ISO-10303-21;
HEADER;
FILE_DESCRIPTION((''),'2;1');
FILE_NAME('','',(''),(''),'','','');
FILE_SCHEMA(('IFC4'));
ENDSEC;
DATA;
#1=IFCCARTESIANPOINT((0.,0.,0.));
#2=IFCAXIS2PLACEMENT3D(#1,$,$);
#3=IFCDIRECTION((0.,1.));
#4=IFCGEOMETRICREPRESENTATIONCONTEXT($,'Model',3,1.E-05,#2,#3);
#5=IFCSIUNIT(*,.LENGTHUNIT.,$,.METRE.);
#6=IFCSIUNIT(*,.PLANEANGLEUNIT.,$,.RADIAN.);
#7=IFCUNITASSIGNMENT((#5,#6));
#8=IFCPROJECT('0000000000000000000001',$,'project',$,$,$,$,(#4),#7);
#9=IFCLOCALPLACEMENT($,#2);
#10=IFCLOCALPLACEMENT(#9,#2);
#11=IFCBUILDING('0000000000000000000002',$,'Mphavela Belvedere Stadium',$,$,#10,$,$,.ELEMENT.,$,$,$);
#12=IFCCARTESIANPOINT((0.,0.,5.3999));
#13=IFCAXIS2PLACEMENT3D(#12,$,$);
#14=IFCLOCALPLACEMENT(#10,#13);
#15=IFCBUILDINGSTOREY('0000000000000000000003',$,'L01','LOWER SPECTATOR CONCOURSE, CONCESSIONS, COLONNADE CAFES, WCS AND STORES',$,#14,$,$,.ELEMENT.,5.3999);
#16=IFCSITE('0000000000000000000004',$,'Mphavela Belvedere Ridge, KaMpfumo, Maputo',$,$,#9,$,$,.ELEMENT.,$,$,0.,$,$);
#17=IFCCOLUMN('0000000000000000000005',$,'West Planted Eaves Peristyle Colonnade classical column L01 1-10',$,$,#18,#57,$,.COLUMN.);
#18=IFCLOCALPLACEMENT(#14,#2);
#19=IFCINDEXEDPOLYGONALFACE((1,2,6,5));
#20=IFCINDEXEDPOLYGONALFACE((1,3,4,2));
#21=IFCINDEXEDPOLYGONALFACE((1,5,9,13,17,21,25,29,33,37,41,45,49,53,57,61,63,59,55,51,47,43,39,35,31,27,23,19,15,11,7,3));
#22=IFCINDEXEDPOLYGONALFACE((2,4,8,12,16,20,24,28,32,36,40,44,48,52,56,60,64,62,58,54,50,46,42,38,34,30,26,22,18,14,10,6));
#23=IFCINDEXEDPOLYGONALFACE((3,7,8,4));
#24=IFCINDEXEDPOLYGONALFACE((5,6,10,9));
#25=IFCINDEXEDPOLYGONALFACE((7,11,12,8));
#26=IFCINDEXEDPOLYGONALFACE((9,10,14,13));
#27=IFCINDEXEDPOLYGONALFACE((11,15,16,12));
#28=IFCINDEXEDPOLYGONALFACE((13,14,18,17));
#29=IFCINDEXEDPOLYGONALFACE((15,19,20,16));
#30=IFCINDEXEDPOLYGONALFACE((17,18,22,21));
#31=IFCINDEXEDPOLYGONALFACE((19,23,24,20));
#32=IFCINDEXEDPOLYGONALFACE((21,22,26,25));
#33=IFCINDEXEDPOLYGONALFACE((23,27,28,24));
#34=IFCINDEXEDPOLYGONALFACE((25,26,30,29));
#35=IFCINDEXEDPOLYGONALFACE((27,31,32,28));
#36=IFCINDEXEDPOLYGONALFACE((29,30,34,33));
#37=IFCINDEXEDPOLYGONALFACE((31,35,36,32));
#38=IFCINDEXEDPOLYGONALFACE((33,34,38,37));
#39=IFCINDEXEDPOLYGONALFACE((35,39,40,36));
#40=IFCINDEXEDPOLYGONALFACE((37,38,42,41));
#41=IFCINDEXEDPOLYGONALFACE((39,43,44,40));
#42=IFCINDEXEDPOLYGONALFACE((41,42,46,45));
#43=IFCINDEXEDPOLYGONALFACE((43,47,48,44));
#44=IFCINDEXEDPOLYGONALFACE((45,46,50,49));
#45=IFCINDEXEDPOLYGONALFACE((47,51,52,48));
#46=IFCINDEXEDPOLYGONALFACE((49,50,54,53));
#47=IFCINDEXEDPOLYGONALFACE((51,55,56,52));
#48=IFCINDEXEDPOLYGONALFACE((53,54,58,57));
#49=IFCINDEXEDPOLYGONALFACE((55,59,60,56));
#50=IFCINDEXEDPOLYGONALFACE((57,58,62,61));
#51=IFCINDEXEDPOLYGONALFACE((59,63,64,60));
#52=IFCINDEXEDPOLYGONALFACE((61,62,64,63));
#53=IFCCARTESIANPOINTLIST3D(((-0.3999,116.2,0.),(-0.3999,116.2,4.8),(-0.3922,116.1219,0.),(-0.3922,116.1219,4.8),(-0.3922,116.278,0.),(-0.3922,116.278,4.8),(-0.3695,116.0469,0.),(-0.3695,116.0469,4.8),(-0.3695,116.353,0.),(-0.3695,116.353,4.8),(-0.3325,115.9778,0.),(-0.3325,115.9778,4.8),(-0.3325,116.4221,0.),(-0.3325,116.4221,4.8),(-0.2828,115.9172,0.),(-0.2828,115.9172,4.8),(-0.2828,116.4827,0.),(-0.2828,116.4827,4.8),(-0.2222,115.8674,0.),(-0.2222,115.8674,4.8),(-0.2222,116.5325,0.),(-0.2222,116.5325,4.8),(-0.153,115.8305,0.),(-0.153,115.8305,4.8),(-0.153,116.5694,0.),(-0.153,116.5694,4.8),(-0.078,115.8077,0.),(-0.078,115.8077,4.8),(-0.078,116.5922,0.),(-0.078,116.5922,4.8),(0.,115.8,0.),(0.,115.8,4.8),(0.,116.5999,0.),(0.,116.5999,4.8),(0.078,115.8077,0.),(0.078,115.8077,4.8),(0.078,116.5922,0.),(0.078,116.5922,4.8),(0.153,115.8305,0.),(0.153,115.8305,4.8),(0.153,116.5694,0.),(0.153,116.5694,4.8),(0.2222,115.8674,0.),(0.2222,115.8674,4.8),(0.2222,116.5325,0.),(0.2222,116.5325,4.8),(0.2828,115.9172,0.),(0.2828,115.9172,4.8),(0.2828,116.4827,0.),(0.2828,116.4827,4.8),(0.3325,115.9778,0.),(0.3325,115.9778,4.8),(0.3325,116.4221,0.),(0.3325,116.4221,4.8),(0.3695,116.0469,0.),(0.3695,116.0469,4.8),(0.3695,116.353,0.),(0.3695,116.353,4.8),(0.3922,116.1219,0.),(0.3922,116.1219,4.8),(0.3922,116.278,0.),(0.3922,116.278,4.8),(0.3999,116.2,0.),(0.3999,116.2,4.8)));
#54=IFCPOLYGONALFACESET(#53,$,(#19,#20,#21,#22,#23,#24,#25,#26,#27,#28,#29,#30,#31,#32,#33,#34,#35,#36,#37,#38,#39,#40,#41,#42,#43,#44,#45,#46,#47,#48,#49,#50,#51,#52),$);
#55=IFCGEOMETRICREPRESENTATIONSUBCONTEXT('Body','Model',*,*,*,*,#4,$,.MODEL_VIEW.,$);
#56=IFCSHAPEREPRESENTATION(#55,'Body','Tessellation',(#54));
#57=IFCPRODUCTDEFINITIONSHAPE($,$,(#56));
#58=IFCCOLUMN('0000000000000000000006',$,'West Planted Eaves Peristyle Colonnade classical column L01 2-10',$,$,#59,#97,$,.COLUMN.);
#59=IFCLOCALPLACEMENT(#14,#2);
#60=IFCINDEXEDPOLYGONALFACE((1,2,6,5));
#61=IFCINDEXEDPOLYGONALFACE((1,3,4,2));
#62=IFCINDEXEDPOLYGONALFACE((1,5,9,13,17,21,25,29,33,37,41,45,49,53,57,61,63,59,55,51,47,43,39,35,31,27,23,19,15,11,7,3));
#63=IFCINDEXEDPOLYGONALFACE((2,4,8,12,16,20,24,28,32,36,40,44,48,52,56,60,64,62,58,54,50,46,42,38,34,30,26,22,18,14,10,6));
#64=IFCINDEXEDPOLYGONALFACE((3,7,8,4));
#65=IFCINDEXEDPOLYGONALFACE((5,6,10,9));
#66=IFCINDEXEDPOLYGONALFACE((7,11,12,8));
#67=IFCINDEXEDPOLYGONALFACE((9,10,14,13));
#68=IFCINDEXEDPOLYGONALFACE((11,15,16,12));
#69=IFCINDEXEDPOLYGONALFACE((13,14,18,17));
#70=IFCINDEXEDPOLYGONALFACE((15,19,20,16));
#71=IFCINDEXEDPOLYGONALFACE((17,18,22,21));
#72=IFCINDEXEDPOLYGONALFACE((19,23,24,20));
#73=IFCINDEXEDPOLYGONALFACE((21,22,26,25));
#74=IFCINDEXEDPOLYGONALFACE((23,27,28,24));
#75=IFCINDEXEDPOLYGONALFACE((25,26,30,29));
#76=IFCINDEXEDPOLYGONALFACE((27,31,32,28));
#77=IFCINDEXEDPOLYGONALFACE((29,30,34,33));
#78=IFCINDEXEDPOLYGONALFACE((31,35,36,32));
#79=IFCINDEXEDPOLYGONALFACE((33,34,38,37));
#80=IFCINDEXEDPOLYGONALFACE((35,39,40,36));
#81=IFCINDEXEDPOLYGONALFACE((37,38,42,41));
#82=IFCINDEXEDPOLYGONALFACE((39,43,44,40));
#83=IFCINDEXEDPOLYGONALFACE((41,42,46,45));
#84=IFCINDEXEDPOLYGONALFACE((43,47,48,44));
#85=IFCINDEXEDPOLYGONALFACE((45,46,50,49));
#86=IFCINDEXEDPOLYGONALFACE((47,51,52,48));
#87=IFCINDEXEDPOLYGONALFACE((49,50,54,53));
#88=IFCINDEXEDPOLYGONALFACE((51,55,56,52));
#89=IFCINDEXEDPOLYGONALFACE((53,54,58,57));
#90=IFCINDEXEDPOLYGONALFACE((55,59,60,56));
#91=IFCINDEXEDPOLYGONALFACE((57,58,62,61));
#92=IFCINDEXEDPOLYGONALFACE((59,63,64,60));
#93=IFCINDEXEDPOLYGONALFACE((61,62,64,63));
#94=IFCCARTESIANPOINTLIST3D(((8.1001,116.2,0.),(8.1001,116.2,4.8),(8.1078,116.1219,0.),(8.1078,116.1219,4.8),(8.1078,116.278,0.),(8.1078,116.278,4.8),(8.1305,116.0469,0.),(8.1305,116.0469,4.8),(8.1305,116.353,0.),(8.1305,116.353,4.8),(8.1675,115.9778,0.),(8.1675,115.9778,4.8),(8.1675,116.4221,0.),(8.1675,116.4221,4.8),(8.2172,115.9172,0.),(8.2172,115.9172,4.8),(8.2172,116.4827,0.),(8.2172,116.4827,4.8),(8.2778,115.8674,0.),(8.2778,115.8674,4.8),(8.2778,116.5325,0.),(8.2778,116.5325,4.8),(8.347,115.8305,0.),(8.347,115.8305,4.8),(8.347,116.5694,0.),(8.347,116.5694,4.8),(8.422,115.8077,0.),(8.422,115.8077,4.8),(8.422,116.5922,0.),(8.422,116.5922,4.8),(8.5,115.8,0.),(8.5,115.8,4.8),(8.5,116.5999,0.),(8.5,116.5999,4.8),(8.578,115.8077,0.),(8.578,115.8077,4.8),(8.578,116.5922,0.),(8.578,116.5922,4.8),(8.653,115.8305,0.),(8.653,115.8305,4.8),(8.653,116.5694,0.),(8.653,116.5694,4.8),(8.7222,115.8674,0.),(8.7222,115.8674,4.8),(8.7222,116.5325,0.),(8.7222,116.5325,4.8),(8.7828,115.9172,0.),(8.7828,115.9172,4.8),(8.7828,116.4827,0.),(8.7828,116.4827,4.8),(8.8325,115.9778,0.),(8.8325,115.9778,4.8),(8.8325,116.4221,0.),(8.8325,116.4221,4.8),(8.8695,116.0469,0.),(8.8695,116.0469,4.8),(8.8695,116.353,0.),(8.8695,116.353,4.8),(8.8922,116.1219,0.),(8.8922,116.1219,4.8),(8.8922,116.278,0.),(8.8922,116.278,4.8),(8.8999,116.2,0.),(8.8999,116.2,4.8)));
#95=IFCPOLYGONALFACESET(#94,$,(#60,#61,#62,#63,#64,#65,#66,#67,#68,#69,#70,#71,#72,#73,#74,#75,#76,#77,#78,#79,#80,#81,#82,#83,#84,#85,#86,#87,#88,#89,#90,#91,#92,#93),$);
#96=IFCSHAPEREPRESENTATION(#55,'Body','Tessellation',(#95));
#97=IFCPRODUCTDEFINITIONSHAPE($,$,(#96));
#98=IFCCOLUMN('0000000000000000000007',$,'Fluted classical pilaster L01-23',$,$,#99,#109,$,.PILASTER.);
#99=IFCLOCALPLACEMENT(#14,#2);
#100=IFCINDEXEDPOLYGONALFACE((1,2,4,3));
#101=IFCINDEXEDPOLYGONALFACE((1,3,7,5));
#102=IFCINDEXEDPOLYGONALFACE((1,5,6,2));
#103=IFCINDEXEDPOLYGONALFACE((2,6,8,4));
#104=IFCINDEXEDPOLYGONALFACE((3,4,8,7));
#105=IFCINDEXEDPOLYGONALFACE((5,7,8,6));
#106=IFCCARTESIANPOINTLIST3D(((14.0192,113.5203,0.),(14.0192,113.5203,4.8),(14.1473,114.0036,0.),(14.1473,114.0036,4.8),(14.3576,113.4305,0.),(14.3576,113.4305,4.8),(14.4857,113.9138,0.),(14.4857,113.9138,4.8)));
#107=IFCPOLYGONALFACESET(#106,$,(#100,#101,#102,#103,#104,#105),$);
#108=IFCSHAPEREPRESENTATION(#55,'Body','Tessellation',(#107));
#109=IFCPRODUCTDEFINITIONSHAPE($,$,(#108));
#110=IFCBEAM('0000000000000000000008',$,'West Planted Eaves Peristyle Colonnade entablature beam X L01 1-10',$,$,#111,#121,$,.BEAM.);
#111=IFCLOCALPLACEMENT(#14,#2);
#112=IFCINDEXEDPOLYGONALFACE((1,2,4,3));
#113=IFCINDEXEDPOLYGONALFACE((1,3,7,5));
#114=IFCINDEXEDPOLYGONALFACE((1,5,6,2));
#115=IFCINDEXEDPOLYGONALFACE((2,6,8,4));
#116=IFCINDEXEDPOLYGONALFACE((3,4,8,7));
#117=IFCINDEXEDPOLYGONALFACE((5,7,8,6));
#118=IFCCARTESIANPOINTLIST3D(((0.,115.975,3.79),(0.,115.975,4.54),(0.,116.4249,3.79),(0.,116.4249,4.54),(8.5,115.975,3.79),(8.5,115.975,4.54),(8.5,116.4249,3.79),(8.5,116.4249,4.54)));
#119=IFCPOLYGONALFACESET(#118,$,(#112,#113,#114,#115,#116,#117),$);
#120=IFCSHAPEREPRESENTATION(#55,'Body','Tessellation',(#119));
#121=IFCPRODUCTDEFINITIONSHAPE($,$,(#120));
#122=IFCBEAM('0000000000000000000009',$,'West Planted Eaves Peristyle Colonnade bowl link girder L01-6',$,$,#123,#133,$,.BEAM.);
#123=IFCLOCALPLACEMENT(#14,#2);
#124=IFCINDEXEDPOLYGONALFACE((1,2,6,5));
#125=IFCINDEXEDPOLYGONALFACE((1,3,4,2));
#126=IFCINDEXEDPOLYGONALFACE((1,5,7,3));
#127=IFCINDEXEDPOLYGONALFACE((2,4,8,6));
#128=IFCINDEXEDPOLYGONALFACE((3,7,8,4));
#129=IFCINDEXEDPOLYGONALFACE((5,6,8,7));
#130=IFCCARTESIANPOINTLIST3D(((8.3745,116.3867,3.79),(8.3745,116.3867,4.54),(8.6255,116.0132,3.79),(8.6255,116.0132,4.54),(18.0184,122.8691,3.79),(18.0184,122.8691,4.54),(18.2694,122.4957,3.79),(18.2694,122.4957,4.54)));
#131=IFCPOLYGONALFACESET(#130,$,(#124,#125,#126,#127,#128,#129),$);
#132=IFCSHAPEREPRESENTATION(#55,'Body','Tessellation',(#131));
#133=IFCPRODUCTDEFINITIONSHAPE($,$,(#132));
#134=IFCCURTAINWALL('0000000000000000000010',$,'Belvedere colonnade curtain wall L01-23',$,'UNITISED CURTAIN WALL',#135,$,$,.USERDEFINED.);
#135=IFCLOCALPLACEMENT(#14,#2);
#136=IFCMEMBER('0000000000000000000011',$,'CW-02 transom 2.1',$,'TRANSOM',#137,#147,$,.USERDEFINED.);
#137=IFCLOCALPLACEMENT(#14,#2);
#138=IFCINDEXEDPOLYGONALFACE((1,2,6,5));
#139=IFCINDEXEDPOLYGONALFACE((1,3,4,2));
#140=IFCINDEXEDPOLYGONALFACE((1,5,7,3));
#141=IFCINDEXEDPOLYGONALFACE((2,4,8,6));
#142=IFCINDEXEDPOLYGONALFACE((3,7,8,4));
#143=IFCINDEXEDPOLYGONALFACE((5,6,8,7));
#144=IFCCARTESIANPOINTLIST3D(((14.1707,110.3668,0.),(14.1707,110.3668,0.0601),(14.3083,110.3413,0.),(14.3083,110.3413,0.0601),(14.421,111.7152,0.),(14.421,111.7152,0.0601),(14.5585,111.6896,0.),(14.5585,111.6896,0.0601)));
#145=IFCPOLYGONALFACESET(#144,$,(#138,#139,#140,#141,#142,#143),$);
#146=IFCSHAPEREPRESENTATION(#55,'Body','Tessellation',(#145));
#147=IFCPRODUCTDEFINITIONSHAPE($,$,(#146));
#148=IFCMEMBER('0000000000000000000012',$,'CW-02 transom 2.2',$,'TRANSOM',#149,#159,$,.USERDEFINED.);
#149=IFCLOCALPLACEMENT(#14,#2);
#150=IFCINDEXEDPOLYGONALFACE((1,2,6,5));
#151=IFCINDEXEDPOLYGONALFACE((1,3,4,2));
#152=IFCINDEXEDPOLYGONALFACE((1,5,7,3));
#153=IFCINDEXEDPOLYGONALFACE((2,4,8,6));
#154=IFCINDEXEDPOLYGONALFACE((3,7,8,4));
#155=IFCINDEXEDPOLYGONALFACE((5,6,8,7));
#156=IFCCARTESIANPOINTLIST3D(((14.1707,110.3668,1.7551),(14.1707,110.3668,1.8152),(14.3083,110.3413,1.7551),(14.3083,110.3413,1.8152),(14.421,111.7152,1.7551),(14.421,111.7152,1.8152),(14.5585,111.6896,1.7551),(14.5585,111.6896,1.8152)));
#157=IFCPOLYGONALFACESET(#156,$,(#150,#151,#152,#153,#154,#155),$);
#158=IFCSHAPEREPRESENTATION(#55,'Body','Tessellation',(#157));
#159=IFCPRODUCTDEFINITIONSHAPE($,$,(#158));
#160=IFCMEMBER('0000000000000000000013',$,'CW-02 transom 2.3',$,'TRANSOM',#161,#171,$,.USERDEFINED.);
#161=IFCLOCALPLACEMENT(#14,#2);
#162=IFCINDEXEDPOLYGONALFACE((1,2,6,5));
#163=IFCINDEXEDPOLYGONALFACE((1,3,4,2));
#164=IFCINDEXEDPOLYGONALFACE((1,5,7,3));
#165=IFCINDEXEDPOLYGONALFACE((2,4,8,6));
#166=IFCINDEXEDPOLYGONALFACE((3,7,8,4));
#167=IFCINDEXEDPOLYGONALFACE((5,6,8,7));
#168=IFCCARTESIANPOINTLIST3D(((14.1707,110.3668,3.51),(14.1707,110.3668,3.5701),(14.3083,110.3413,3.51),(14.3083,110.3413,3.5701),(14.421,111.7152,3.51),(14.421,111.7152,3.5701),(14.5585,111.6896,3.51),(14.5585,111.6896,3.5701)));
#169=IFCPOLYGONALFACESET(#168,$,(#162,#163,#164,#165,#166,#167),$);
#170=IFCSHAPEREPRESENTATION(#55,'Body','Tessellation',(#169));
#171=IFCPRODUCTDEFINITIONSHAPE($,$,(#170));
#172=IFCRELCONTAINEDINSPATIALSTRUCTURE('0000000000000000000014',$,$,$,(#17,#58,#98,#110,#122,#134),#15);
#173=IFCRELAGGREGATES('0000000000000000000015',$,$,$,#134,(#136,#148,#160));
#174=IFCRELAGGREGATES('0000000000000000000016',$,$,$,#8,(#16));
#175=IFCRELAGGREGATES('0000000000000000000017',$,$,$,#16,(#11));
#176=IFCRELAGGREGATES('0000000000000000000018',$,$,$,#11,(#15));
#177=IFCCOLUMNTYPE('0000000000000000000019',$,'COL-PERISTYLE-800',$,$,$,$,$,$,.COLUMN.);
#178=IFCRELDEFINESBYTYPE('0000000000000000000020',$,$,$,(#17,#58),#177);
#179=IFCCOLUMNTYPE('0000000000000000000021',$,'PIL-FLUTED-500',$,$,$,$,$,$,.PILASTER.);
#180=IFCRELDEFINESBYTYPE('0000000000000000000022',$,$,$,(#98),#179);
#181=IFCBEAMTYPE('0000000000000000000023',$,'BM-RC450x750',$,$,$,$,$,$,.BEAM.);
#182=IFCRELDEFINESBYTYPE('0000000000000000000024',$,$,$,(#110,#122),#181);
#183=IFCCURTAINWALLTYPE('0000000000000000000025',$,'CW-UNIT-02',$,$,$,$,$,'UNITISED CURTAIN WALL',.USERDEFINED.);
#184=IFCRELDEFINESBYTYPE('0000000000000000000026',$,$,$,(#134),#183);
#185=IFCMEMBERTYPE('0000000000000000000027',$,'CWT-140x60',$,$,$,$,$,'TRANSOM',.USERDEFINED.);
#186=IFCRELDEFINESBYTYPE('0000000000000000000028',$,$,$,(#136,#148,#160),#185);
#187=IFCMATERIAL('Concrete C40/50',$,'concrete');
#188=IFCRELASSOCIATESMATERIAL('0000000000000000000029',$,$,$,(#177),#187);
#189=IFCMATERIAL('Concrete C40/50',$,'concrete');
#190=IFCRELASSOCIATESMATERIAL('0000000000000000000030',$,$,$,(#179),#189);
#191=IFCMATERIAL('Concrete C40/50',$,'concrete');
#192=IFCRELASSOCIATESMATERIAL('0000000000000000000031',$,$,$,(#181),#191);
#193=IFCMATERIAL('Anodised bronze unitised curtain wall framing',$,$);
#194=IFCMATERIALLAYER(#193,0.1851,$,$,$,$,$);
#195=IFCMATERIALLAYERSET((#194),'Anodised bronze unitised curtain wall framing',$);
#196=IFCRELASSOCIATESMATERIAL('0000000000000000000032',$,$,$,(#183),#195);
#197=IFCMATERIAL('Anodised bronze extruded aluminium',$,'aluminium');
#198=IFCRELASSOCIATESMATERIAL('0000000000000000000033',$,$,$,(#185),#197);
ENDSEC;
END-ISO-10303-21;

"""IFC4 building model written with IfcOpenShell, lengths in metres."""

from ifc_helpers import new_model, si_unit, direction, frame, origin, origin_2d, place, context, subcontext, project, spatial, rectangle, circle, extrude, material, layer, layer_set, material_profile, profile_set, type_object, element, aggregate, save


model = new_model("IFC4")

# Units and contexts
model_context = context("Model", 3, precision=1e-05, world=origin(), true_north=direction((0.0, 1.0)))
body_context = subcontext(model_context, "Body", "Model", "MODEL_VIEW")
ifc_project = project(units=[si_unit("LENGTHUNIT", "METRE"), si_unit("PLANEANGLEUNIT", "RADIAN")], contexts=[model_context])

# Site, building, storey
site_placement = place(None, origin())
site = spatial("IfcSite", under=ifc_project, at=site_placement, Name="Mphavela Belvedere Ridge, KaMpfumo, Maputo", CompositionType="ELEMENT", RefElevation=0.0)
building_placement = place(site_placement, origin())
building = spatial("IfcBuilding", under=site, at=building_placement, Name="Mphavela Belvedere Stadium", CompositionType="ELEMENT")
storey_placement = place(building_placement, frame((0.0, 0.0, 5.3999)))
storey = spatial("IfcBuildingStorey", under=building, at=storey_placement, Name="L01", Description="LOWER SPECTATOR CONCOURSE, CONCESSIONS, COLONNADE CAFES, WCS AND STORES", CompositionType="ELEMENT", Elevation=5.3999)

# Columns
ifc_material_1 = material(Name="Concrete C40/50", Category="concrete")
ifc_material_profile_1 = material_profile(ifc_material_1, circle(Radius=0.3999, at=origin_2d()), Name="COL D800")
ifc_profile_set_1 = profile_set([ifc_material_profile_1], Name="Concrete C40/50")
column_type_1 = type_object("IfcColumnType", Name="COL-PERISTYLE-800", PredefinedType="COLUMN", material=ifc_profile_set_1)
for number, where, z_axis, x_axis, name in (
    (1, (0.0, 116.2, 0.0), (0.0, 0.0, 1.0), (1.0, 0.0, 0.0), "West Planted Eaves Peristyle Colonnade classical column L01 1-10"),
    (2, (8.5, 116.2, 0.0), (0.0, 0.0, 1.0), (1.0, 0.0, 0.0), "West Planted Eaves Peristyle Colonnade classical column L01 2-10"),
):
    element("IfcColumn", number, at=place(storey_placement, frame(where, z_axis=z_axis, x_axis=x_axis)), inside=storey, type_object=column_type_1, Name=name, PredefinedType="COLUMN", context=body_context, shape_type="SweptSolid", body=[
        extrude(circle(Radius=0.3999, at=origin_2d()), origin(), (0.0, 0.0, 1.0), 4.8),
    ])
ifc_material_2 = material(Name="Concrete C40/50", Category="concrete")
ifc_material_profile_2 = material_profile(ifc_material_2, rectangle(XDim=0.5, YDim=0.3501, at=origin_2d()), Name="PIL 500x350")
ifc_profile_set_2 = profile_set([ifc_material_profile_2], Name="Concrete C40/50")
column_type_2 = type_object("IfcColumnType", Name="PIL-FLUTED-500", PredefinedType="PILASTER", material=ifc_profile_set_2)
column_placement = place(storey_placement, frame((14.2524, 113.717, 0.0), z_axis=(0.0, 0.0, 1.0), x_axis=(-0.256289, -0.9666, 0.0)))
element("IfcColumn", 3, at=column_placement, inside=storey, type_object=column_type_2, Name="Fluted classical pilaster L01-23", PredefinedType="PILASTER", context=body_context, shape_type="SweptSolid", body=[
    extrude(rectangle(XDim=0.5, YDim=0.3501, at=origin_2d()), origin(), (0.0, 0.0, 1.0), 4.8),
])

# Beams
ifc_material_3 = material(Name="Concrete C40/50", Category="concrete")
ifc_material_profile_3 = material_profile(ifc_material_3, rectangle(XDim=0.45, YDim=0.75, at=origin_2d()), Name="RC 450x750")
ifc_profile_set_3 = profile_set([ifc_material_profile_3], Name="Concrete C40/50")
beam_type = type_object("IfcBeamType", Name="BM-RC450x750", PredefinedType="BEAM", material=ifc_profile_set_3)
beam_1_placement = place(storey_placement, frame((0.0, 116.2, 4.165), z_axis=(1.0, 0.0, 0.0), x_axis=(0.0, 1.0, 0.0)))
element("IfcBeam", 4, at=beam_1_placement, inside=storey, type_object=beam_type, Name="West Planted Eaves Peristyle Colonnade entablature beam X L01 1-10", PredefinedType="BEAM", context=body_context, shape_type="SweptSolid", body=[
    extrude(rectangle(XDim=0.45, YDim=0.75, at=origin_2d()), origin(), (0.0, 0.0, 1.0), 8.5),
])
beam_2_placement = place(storey_placement, frame((8.5, 116.2, 4.165), z_axis=(0.82993, 0.557867, 0.0), x_axis=(-0.557867, 0.82993, 0.0)))
element("IfcBeam", 5, at=beam_2_placement, inside=storey, type_object=beam_type, Name="West Planted Eaves Peristyle Colonnade bowl link girder L01-6", PredefinedType="BEAM", context=body_context, shape_type="SweptSolid", body=[
    extrude(rectangle(XDim=0.45, YDim=0.75, at=origin_2d()), origin(), (0.0, 0.0, 1.0), 11.6201),
])

# Curtain wall, members
ifc_material_4 = material(Name="Anodised bronze unitised curtain wall framing")
ifc_layer_1 = layer(ifc_material_4, 0.1851)
ifc_layer_set_1 = layer_set([ifc_layer_1], Name="Anodised bronze unitised curtain wall framing")
curtain_wall_type = type_object("IfcCurtainWallType", Name="CW-UNIT-02", ElementType="UNITISED CURTAIN WALL", PredefinedType="USERDEFINED", material=ifc_layer_set_1)
curtain_wall_placement = place(storey_placement, origin())
curtain_wall = element("IfcCurtainWall", 6, at=curtain_wall_placement, inside=storey, type_object=curtain_wall_type, Name="Belvedere colonnade curtain wall L01-23", ObjectType="UNITISED CURTAIN WALL", PredefinedType="USERDEFINED")
ifc_material_5 = material(Name="Anodised bronze extruded aluminium", Category="aluminium")
ifc_material_profile_4 = material_profile(ifc_material_5, rectangle(XDim=0.1399, YDim=0.0601, at=origin_2d()), Name="CW-TRN 140x60")
ifc_profile_set_4 = profile_set([ifc_material_profile_4], Name="Anodised bronze extruded aluminium")
member_type = type_object("IfcMemberType", Name="CWT-140x60", ElementType="TRANSOM", PredefinedType="USERDEFINED", material=ifc_profile_set_4)
member_1_placement = place(storey_placement, frame((14.4897, 111.7024, 0.03), z_axis=(-0.182472, -0.983211, 0.0), x_axis=(0.983211, -0.182472, 0.0)))
member_1 = element("IfcMember", 7, at=member_1_placement, type_object=member_type, Name="CW-02 transom 2.1", ObjectType="TRANSOM", PredefinedType="USERDEFINED", context=body_context, shape_type="SweptSolid", body=[
    extrude(rectangle(XDim=0.1399, YDim=0.0601, at=origin_2d()), origin(), (0.0, 0.0, 1.0), 1.3713),
])
member_2_placement = place(storey_placement, frame((14.4897, 111.7024, 1.7852), z_axis=(-0.182472, -0.983211, 0.0), x_axis=(0.983211, -0.182472, 0.0)))
member_2 = element("IfcMember", 8, at=member_2_placement, type_object=member_type, Name="CW-02 transom 2.2", ObjectType="TRANSOM", PredefinedType="USERDEFINED", context=body_context, shape_type="SweptSolid", body=[
    extrude(rectangle(XDim=0.1399, YDim=0.0601, at=origin_2d()), origin(), (0.0, 0.0, 1.0), 1.3713),
])
member_3_placement = place(storey_placement, frame((14.4897, 111.7024, 3.54), z_axis=(-0.182472, -0.983211, 0.0), x_axis=(0.983211, -0.182472, 0.0)))
member_3 = element("IfcMember", 9, at=member_3_placement, type_object=member_type, Name="CW-02 transom 2.3", ObjectType="TRANSOM", PredefinedType="USERDEFINED", context=body_context, shape_type="SweptSolid", body=[
    extrude(rectangle(XDim=0.1399, YDim=0.0601, at=origin_2d()), origin(), (0.0, 0.0, 1.0), 1.3713),
])
aggregate(curtain_wall, [member_1, member_2, member_3])

save(model, "model.ifc")
